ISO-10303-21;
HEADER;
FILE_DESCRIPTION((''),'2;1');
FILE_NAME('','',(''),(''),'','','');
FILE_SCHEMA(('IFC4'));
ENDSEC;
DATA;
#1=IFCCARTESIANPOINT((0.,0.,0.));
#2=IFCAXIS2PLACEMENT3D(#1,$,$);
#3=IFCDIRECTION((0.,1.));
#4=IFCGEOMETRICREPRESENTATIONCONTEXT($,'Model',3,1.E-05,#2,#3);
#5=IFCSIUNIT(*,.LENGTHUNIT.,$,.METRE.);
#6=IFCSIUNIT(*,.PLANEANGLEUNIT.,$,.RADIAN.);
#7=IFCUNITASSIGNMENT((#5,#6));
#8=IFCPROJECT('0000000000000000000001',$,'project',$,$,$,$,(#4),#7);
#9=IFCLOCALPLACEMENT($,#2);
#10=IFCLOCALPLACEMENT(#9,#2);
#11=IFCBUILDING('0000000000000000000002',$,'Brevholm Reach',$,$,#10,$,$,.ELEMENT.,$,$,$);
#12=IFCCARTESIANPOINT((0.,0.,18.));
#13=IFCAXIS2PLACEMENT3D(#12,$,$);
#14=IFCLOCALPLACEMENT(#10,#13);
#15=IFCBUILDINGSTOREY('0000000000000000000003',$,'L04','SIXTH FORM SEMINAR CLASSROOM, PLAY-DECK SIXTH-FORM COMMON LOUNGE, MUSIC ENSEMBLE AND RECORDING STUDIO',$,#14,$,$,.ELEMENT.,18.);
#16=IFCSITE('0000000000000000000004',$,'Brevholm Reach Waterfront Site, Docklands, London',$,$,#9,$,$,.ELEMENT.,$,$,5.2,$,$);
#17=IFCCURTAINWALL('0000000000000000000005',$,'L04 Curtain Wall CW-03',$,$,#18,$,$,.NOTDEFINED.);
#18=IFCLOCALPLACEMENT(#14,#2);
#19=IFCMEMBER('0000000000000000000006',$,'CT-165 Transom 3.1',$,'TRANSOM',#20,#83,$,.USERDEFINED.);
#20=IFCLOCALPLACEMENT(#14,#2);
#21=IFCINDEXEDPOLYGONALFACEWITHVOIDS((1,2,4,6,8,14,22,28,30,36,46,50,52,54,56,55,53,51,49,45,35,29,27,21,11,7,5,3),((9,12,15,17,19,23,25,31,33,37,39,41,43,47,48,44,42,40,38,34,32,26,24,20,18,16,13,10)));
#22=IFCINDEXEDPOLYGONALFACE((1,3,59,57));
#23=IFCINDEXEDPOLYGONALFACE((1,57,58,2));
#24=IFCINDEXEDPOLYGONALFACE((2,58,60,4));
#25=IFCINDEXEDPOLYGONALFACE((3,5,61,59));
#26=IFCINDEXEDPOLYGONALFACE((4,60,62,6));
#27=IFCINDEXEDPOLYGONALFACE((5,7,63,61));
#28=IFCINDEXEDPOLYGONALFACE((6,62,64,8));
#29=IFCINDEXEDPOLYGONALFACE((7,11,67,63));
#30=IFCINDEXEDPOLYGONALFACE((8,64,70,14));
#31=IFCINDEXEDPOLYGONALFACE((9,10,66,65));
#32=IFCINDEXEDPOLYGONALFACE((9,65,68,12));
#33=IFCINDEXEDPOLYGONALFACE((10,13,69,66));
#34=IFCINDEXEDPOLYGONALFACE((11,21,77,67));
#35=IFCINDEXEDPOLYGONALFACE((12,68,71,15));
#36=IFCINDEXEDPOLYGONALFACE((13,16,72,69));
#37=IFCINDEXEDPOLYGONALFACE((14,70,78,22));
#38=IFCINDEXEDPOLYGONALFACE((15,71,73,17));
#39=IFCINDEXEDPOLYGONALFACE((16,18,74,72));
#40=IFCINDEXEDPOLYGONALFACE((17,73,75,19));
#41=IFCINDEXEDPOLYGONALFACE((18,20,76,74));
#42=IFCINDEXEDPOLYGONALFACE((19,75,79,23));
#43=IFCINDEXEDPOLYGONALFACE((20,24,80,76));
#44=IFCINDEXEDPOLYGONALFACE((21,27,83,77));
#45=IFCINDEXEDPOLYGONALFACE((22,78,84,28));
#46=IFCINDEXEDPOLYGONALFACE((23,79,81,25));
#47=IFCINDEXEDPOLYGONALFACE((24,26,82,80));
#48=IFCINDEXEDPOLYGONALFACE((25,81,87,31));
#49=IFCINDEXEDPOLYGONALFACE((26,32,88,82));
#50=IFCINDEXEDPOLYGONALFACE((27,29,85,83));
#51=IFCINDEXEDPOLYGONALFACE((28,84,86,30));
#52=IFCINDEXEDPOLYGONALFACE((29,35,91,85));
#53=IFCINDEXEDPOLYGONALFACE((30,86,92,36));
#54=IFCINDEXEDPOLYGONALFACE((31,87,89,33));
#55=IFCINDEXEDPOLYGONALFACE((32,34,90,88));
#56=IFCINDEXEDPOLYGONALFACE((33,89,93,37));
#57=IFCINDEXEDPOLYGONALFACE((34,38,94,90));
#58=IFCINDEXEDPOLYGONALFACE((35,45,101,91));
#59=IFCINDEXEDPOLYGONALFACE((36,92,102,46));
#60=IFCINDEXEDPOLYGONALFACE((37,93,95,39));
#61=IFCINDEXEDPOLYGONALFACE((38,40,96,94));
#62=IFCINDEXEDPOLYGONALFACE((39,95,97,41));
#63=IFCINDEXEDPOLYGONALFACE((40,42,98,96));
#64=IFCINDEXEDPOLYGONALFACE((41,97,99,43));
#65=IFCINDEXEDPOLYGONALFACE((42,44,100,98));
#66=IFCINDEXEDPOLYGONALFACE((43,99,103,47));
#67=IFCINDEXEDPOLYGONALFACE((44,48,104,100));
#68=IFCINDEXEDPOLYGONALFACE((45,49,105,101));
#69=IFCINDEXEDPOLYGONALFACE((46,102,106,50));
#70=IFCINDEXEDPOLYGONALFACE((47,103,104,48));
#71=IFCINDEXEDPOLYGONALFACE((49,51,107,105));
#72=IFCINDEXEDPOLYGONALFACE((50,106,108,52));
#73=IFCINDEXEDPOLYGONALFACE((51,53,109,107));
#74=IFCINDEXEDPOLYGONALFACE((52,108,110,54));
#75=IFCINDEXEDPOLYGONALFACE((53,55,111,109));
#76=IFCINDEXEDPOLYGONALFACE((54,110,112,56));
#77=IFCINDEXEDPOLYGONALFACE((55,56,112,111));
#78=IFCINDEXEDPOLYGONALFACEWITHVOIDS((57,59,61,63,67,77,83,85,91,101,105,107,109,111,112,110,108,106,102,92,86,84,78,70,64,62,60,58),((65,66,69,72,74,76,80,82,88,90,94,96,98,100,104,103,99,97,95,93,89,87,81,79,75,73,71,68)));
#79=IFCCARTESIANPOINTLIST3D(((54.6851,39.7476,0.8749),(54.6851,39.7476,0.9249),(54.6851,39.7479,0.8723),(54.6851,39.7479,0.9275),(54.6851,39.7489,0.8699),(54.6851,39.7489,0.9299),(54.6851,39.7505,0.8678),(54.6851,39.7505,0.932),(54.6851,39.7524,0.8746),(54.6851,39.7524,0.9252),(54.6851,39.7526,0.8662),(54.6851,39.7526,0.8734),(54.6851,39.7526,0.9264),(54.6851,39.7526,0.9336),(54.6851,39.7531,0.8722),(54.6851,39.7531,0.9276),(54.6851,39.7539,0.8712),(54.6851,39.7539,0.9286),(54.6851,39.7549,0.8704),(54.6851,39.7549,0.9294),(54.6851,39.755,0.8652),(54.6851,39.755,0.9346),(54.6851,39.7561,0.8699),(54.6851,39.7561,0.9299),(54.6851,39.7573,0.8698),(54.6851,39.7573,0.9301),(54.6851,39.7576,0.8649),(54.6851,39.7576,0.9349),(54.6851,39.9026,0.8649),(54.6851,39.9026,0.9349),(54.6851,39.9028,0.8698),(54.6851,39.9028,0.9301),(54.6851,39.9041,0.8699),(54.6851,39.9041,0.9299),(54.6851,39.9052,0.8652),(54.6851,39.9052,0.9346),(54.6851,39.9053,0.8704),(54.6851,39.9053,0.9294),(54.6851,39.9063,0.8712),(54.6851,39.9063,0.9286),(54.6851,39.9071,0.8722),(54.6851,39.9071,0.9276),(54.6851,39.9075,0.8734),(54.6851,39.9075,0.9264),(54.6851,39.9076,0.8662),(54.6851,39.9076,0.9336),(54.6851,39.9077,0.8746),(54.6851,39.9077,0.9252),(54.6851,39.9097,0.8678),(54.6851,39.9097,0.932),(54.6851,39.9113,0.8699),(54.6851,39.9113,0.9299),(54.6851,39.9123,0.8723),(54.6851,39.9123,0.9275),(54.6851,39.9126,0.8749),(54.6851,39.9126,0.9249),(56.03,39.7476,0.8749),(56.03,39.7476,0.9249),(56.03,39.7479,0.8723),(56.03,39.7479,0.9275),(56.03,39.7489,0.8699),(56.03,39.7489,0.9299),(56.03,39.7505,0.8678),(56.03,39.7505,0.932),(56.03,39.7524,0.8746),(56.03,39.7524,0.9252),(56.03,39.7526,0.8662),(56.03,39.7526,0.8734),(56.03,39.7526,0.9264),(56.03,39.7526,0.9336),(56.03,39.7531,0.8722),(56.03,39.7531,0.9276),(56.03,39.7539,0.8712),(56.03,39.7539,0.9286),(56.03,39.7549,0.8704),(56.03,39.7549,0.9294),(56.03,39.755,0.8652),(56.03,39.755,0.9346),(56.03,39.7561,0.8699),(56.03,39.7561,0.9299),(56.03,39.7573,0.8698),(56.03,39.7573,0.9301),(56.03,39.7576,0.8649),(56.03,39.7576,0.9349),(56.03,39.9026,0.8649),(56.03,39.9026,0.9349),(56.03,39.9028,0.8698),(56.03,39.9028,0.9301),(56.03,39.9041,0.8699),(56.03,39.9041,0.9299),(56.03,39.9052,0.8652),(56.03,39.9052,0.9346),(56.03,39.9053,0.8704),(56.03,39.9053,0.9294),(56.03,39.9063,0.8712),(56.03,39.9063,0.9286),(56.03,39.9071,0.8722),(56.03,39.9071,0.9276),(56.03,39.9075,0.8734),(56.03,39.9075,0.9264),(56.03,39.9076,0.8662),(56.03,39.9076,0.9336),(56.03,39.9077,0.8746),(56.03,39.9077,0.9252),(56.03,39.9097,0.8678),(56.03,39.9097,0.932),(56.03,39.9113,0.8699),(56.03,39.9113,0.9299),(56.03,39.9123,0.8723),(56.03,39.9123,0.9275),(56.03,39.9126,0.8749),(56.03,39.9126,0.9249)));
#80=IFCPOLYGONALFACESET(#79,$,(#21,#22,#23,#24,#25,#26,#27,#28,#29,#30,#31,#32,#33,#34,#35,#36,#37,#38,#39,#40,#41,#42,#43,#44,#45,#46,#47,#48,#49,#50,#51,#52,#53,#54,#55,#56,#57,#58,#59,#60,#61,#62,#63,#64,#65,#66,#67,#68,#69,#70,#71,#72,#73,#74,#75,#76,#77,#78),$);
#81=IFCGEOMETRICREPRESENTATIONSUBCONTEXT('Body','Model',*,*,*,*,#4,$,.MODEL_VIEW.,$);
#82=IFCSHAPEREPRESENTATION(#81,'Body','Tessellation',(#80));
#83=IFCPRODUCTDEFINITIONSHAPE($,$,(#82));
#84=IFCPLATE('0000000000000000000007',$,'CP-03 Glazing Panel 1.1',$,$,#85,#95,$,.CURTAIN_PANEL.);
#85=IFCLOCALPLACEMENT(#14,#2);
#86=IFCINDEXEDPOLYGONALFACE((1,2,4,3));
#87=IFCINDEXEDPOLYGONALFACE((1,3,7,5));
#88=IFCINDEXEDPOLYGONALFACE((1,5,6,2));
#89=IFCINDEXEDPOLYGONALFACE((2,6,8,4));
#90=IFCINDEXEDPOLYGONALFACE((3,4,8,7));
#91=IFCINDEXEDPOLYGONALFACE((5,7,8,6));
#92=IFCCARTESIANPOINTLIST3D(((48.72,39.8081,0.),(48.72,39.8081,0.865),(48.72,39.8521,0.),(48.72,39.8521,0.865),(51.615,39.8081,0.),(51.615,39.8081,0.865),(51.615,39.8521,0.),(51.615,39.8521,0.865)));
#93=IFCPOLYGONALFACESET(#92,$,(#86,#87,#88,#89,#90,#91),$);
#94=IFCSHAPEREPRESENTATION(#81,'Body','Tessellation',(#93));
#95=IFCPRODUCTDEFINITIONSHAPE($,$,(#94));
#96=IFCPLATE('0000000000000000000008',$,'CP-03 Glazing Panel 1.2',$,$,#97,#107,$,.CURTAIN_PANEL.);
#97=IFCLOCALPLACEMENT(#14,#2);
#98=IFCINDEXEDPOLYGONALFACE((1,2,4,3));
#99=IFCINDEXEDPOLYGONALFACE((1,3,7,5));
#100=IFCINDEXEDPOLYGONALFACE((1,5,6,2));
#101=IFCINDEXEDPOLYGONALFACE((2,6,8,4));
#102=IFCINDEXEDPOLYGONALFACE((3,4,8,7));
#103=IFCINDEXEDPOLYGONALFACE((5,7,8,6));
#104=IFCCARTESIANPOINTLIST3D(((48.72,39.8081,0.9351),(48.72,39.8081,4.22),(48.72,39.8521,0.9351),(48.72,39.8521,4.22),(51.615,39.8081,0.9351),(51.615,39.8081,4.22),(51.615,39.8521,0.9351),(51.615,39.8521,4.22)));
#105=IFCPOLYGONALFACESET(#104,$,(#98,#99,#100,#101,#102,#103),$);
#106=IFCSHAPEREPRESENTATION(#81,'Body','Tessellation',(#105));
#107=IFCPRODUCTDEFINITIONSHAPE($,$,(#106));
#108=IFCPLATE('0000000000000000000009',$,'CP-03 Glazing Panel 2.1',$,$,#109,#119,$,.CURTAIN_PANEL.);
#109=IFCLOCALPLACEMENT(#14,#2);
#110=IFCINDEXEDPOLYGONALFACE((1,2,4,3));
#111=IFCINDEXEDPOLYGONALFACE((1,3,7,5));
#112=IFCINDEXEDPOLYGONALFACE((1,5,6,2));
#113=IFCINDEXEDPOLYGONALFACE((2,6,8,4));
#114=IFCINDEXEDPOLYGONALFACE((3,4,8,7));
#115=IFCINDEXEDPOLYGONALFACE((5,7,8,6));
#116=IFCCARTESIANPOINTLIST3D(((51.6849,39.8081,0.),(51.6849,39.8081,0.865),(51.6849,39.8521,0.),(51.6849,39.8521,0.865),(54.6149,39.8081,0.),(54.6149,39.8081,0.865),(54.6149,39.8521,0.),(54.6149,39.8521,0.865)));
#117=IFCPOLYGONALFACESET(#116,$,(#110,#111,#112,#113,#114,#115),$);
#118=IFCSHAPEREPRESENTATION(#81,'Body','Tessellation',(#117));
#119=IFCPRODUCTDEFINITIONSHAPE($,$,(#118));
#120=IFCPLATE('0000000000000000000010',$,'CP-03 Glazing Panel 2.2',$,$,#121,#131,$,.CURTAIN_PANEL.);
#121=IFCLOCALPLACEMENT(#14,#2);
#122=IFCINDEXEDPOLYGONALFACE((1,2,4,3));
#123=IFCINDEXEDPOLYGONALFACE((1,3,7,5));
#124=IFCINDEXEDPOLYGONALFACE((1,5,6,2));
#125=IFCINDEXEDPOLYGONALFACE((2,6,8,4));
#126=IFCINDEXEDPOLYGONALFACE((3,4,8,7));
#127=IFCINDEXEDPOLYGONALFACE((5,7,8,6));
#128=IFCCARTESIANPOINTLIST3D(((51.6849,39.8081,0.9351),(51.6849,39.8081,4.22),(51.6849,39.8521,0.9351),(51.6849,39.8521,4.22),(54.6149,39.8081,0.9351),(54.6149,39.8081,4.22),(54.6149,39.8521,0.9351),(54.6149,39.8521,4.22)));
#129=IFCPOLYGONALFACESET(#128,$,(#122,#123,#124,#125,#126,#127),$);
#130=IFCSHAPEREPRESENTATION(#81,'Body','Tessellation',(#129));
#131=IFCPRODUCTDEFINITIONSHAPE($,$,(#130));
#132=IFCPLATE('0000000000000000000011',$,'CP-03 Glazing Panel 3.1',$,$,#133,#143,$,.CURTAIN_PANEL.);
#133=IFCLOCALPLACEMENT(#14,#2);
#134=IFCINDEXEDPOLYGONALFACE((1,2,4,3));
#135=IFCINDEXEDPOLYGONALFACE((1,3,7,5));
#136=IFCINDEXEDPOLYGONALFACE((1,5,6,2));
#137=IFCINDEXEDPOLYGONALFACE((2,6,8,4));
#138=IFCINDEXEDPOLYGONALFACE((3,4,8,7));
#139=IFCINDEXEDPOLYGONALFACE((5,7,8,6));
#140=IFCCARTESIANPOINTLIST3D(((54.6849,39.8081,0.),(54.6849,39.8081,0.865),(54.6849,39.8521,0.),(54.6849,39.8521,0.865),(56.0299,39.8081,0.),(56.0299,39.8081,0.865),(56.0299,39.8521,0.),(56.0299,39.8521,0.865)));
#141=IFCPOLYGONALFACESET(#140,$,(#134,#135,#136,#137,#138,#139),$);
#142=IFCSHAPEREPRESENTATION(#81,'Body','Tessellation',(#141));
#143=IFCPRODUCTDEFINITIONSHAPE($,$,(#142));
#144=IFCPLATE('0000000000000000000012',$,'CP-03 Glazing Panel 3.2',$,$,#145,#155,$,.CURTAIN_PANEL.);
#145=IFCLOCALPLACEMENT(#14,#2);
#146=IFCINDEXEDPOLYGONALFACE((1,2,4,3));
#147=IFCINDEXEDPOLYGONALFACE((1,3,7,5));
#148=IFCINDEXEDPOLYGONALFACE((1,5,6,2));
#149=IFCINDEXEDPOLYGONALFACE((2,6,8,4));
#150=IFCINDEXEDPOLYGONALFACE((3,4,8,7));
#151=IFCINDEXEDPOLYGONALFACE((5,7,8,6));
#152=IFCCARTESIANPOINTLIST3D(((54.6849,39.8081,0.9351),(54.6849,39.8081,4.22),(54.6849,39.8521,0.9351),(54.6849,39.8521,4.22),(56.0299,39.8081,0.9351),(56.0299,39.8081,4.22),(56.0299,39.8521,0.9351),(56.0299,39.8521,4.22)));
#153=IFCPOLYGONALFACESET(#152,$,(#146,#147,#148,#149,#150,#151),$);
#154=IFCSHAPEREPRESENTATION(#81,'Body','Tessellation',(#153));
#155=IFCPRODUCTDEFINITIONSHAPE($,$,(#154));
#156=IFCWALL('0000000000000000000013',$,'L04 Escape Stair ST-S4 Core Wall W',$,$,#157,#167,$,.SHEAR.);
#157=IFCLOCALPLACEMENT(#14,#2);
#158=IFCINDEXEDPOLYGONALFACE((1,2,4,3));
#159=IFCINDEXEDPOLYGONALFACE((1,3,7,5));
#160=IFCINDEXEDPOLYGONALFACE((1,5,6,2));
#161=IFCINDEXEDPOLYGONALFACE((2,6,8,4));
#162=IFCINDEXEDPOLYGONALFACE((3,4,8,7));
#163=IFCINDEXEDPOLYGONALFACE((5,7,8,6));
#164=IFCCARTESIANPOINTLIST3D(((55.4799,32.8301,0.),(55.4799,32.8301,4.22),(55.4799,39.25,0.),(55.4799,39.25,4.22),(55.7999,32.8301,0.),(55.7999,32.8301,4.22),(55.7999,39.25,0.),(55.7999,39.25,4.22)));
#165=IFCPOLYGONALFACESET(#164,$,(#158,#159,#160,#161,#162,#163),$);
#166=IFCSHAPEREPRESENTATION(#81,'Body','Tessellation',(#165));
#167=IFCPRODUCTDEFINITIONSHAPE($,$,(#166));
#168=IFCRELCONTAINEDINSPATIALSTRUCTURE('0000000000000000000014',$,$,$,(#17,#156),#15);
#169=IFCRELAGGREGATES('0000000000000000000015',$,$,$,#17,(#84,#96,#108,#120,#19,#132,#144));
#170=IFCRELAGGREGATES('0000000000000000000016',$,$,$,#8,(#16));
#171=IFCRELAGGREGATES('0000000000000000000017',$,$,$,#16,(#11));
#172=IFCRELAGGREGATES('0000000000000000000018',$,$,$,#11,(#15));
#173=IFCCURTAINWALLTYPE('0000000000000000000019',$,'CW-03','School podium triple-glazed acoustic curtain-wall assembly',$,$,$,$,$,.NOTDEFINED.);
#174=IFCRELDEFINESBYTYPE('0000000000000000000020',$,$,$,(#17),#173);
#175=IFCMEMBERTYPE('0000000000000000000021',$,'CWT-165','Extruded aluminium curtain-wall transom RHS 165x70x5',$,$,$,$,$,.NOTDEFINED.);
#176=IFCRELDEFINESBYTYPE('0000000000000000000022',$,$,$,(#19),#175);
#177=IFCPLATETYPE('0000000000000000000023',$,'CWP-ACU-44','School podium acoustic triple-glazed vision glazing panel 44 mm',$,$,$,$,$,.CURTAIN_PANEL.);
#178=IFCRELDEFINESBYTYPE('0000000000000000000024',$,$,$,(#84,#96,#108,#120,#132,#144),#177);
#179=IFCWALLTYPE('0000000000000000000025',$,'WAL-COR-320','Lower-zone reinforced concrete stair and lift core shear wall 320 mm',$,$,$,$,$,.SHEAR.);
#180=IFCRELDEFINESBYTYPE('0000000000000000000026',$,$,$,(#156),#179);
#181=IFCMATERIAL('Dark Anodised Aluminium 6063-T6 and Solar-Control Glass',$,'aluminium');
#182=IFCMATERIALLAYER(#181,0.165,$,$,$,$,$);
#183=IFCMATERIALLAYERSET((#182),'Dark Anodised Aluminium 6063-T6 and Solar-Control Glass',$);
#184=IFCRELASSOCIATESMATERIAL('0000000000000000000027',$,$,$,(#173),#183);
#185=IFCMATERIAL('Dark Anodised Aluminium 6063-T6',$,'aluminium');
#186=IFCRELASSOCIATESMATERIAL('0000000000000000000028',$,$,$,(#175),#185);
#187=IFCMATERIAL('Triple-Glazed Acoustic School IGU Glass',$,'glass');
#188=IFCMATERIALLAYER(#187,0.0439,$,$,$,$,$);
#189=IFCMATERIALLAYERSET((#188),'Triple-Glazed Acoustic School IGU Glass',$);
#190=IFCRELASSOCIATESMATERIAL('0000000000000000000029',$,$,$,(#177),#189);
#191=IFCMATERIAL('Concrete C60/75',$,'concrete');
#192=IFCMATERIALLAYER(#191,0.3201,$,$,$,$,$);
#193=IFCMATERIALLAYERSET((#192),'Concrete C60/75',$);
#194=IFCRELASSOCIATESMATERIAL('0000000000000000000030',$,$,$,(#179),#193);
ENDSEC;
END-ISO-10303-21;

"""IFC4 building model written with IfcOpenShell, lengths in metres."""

from ifc_helpers import new_model, si_unit, direction, frame, frame_2d, origin, origin_2d, place, context, subcontext, project, spatial, rectangle, hollow_rectangle, extrude, material, layer, layer_set, material_profile, profile_set, type_object, element, aggregate, save


model = new_model("IFC4")

# Units and contexts
model_context = context("Model", 3, precision=1e-05, world=origin(), true_north=direction((0.0, 1.0)))
body_context = subcontext(model_context, "Body", "Model", "MODEL_VIEW")
ifc_project = project(units=[si_unit("LENGTHUNIT", "METRE"), si_unit("PLANEANGLEUNIT", "RADIAN")], contexts=[model_context])

# Site, building, storey
site_placement = place(None, origin())
site = spatial("IfcSite", under=ifc_project, at=site_placement, Name="Brevholm Reach Waterfront Site, Docklands, London", CompositionType="ELEMENT", RefElevation=5.2)
building_placement = place(site_placement, origin())
building = spatial("IfcBuilding", under=site, at=building_placement, Name="Brevholm Reach", CompositionType="ELEMENT")
storey_placement = place(building_placement, frame((0.0, 0.0, 18.0)))
storey = spatial("IfcBuildingStorey", under=building, at=storey_placement, Name="L04", Description="SIXTH FORM SEMINAR CLASSROOM, PLAY-DECK SIXTH-FORM COMMON LOUNGE, MUSIC ENSEMBLE AND RECORDING STUDIO", CompositionType="ELEMENT", Elevation=18.0)

# Curtain wall, member, plates
ifc_material_1 = material(Name="Dark Anodised Aluminium 6063-T6 and Solar-Control Glass", Category="aluminium")
ifc_layer_1 = layer(ifc_material_1, 0.165)
ifc_layer_set_1 = layer_set([ifc_layer_1], Name="Dark Anodised Aluminium 6063-T6 and Solar-Control Glass")
curtain_wall_type = type_object("IfcCurtainWallType", Name="CW-03", Description="School podium triple-glazed acoustic curtain-wall assembly", PredefinedType="NOTDEFINED", material=ifc_layer_set_1)
curtain_wall_placement = place(storey_placement, origin())
curtain_wall = element("IfcCurtainWall", 1, at=curtain_wall_placement, inside=storey, type_object=curtain_wall_type, Name="L04 Curtain Wall CW-03", PredefinedType="NOTDEFINED")
ifc_material_2 = material(Name="Dark Anodised Aluminium 6063-T6", Category="aluminium")
ifc_material_profile_1 = material_profile(ifc_material_2, hollow_rectangle(XDim=0.0701, YDim=0.165, WallThickness=0.0049, InnerFilletRadius=0.0049, OuterFilletRadius=0.01, at=origin_2d()), Name="RHS 165x70x5")
ifc_profile_set_1 = profile_set([ifc_material_profile_1], Name="Dark Anodised Aluminium 6063-T6")
member_type_1 = type_object("IfcMemberType", Name="CWT-165", Description="Extruded aluminium curtain-wall transom RHS 165x70x5", PredefinedType="NOTDEFINED", material=ifc_profile_set_1)
member_1_placement = place(storey_placement, frame((54.6851, 39.8301, 0.8999), z_axis=(1.0, 0.0, 0.0), x_axis=(0.0, 0.0, 1.0)))
member_1 = element("IfcMember", 2, at=member_1_placement, type_object=member_type_1, Name="CT-165 Transom 3.1", ObjectType="TRANSOM", PredefinedType="USERDEFINED", context=body_context, shape_type="SweptSolid", body=[
    extrude(hollow_rectangle(XDim=0.0701, YDim=0.165, WallThickness=0.0049, InnerFilletRadius=0.0049, OuterFilletRadius=0.01, at=origin_2d()), origin(), (0.0, 0.0, 1.0), 1.345),
])
ifc_material_3 = material(Name="Triple-Glazed Acoustic School IGU Glass", Category="glass")
ifc_layer_2 = layer(ifc_material_3, 0.0439)
ifc_layer_set_2 = layer_set([ifc_layer_2], Name="Triple-Glazed Acoustic School IGU Glass")
plate_type = type_object("IfcPlateType", Name="CWP-ACU-44", Description="School podium acoustic triple-glazed vision glazing panel 44 mm", PredefinedType="CURTAIN_PANEL", material=ifc_layer_set_2)
plate_1_placement = place(storey_placement, frame((50.1675, 39.8301, 0.0), z_axis=(0.0, 0.0, 1.0), x_axis=(1.0, 0.0, 0.0)))
plate_1 = element("IfcPlate", 3, at=plate_1_placement, type_object=plate_type, Name="CP-03 Glazing Panel 1.1", PredefinedType="CURTAIN_PANEL", context=body_context, shape_type="SweptSolid", body=[
    extrude(rectangle(XDim=2.895, YDim=0.0439, at=origin_2d()), origin(), (0.0, 0.0, 1.0), 0.865),
])
plate_2_placement = place(storey_placement, frame((50.1675, 39.8301, 0.9351), z_axis=(0.0, 0.0, 1.0), x_axis=(1.0, 0.0, 0.0)))
plate_2 = element("IfcPlate", 4, at=plate_2_placement, type_object=plate_type, Name="CP-03 Glazing Panel 1.2", PredefinedType="CURTAIN_PANEL", context=body_context, shape_type="SweptSolid", body=[
    extrude(rectangle(XDim=2.895, YDim=0.0439, at=origin_2d()), origin(), (0.0, 0.0, 1.0), 3.2849),
])
plate_3_placement = place(storey_placement, frame((53.1499, 39.8301, 0.0), z_axis=(0.0, 0.0, 1.0), x_axis=(1.0, 0.0, 0.0)))
plate_3 = element("IfcPlate", 5, at=plate_3_placement, type_object=plate_type, Name="CP-03 Glazing Panel 2.1", PredefinedType="CURTAIN_PANEL", context=body_context, shape_type="SweptSolid", body=[
    extrude(rectangle(XDim=2.9299, YDim=0.0439, at=origin_2d()), origin(), (0.0, 0.0, 1.0), 0.865),
])
plate_4_placement = place(storey_placement, frame((53.1499, 39.8301, 0.9351), z_axis=(0.0, 0.0, 1.0), x_axis=(1.0, 0.0, 0.0)))
plate_4 = element("IfcPlate", 6, at=plate_4_placement, type_object=plate_type, Name="CP-03 Glazing Panel 2.2", PredefinedType="CURTAIN_PANEL", context=body_context, shape_type="SweptSolid", body=[
    extrude(rectangle(XDim=2.9299, YDim=0.0439, at=origin_2d()), origin(), (0.0, 0.0, 1.0), 3.2849),
])
plate_5_placement = place(storey_placement, frame((55.3574, 39.8301, 0.0), z_axis=(0.0, 0.0, 1.0), x_axis=(1.0, 0.0, 0.0)))
plate_5 = element("IfcPlate", 7, at=plate_5_placement, type_object=plate_type, Name="CP-03 Glazing Panel 3.1", PredefinedType="CURTAIN_PANEL", context=body_context, shape_type="SweptSolid", body=[
    extrude(rectangle(XDim=1.345, YDim=0.0439, at=origin_2d()), origin(), (0.0, 0.0, 1.0), 0.865),
])
plate_6_placement = place(storey_placement, frame((55.3574, 39.8301, 0.9351), z_axis=(0.0, 0.0, 1.0), x_axis=(1.0, 0.0, 0.0)))
plate_6 = element("IfcPlate", 8, at=plate_6_placement, type_object=plate_type, Name="CP-03 Glazing Panel 3.2", PredefinedType="CURTAIN_PANEL", context=body_context, shape_type="SweptSolid", body=[
    extrude(rectangle(XDim=1.345, YDim=0.0439, at=origin_2d()), origin(), (0.0, 0.0, 1.0), 3.2849),
])
aggregate(curtain_wall, [plate_1, plate_2, plate_3, plate_4, member_1, plate_5, plate_6])

# Wall
ifc_material_4 = material(Name="Concrete C60/75", Category="concrete")
ifc_layer_3 = layer(ifc_material_4, 0.3201)
ifc_layer_set_3 = layer_set([ifc_layer_3], Name="Concrete C60/75")
wall_type_1 = type_object("IfcWallType", Name="WAL-COR-320", Description="Lower-zone reinforced concrete stair and lift core shear wall 320 mm", PredefinedType="SHEAR", material=ifc_layer_set_3)
wall_1_placement = place(storey_placement, frame((55.6399, 32.8301, 0.0), z_axis=(0.0, 0.0, 1.0), x_axis=(0.0, 1.0, 0.0)))
element("IfcWall", 9, at=wall_1_placement, inside=storey, type_object=wall_type_1, Name="L04 Escape Stair ST-S4 Core Wall W", PredefinedType="SHEAR", context=body_context, shape_type="SweptSolid", body=[
    extrude(rectangle(XDim=6.4199, YDim=0.3201, at=frame_2d((3.21, 0.0))), origin(), (0.0, 0.0, 1.0), 4.22),
])

save(model, "model.ifc")
